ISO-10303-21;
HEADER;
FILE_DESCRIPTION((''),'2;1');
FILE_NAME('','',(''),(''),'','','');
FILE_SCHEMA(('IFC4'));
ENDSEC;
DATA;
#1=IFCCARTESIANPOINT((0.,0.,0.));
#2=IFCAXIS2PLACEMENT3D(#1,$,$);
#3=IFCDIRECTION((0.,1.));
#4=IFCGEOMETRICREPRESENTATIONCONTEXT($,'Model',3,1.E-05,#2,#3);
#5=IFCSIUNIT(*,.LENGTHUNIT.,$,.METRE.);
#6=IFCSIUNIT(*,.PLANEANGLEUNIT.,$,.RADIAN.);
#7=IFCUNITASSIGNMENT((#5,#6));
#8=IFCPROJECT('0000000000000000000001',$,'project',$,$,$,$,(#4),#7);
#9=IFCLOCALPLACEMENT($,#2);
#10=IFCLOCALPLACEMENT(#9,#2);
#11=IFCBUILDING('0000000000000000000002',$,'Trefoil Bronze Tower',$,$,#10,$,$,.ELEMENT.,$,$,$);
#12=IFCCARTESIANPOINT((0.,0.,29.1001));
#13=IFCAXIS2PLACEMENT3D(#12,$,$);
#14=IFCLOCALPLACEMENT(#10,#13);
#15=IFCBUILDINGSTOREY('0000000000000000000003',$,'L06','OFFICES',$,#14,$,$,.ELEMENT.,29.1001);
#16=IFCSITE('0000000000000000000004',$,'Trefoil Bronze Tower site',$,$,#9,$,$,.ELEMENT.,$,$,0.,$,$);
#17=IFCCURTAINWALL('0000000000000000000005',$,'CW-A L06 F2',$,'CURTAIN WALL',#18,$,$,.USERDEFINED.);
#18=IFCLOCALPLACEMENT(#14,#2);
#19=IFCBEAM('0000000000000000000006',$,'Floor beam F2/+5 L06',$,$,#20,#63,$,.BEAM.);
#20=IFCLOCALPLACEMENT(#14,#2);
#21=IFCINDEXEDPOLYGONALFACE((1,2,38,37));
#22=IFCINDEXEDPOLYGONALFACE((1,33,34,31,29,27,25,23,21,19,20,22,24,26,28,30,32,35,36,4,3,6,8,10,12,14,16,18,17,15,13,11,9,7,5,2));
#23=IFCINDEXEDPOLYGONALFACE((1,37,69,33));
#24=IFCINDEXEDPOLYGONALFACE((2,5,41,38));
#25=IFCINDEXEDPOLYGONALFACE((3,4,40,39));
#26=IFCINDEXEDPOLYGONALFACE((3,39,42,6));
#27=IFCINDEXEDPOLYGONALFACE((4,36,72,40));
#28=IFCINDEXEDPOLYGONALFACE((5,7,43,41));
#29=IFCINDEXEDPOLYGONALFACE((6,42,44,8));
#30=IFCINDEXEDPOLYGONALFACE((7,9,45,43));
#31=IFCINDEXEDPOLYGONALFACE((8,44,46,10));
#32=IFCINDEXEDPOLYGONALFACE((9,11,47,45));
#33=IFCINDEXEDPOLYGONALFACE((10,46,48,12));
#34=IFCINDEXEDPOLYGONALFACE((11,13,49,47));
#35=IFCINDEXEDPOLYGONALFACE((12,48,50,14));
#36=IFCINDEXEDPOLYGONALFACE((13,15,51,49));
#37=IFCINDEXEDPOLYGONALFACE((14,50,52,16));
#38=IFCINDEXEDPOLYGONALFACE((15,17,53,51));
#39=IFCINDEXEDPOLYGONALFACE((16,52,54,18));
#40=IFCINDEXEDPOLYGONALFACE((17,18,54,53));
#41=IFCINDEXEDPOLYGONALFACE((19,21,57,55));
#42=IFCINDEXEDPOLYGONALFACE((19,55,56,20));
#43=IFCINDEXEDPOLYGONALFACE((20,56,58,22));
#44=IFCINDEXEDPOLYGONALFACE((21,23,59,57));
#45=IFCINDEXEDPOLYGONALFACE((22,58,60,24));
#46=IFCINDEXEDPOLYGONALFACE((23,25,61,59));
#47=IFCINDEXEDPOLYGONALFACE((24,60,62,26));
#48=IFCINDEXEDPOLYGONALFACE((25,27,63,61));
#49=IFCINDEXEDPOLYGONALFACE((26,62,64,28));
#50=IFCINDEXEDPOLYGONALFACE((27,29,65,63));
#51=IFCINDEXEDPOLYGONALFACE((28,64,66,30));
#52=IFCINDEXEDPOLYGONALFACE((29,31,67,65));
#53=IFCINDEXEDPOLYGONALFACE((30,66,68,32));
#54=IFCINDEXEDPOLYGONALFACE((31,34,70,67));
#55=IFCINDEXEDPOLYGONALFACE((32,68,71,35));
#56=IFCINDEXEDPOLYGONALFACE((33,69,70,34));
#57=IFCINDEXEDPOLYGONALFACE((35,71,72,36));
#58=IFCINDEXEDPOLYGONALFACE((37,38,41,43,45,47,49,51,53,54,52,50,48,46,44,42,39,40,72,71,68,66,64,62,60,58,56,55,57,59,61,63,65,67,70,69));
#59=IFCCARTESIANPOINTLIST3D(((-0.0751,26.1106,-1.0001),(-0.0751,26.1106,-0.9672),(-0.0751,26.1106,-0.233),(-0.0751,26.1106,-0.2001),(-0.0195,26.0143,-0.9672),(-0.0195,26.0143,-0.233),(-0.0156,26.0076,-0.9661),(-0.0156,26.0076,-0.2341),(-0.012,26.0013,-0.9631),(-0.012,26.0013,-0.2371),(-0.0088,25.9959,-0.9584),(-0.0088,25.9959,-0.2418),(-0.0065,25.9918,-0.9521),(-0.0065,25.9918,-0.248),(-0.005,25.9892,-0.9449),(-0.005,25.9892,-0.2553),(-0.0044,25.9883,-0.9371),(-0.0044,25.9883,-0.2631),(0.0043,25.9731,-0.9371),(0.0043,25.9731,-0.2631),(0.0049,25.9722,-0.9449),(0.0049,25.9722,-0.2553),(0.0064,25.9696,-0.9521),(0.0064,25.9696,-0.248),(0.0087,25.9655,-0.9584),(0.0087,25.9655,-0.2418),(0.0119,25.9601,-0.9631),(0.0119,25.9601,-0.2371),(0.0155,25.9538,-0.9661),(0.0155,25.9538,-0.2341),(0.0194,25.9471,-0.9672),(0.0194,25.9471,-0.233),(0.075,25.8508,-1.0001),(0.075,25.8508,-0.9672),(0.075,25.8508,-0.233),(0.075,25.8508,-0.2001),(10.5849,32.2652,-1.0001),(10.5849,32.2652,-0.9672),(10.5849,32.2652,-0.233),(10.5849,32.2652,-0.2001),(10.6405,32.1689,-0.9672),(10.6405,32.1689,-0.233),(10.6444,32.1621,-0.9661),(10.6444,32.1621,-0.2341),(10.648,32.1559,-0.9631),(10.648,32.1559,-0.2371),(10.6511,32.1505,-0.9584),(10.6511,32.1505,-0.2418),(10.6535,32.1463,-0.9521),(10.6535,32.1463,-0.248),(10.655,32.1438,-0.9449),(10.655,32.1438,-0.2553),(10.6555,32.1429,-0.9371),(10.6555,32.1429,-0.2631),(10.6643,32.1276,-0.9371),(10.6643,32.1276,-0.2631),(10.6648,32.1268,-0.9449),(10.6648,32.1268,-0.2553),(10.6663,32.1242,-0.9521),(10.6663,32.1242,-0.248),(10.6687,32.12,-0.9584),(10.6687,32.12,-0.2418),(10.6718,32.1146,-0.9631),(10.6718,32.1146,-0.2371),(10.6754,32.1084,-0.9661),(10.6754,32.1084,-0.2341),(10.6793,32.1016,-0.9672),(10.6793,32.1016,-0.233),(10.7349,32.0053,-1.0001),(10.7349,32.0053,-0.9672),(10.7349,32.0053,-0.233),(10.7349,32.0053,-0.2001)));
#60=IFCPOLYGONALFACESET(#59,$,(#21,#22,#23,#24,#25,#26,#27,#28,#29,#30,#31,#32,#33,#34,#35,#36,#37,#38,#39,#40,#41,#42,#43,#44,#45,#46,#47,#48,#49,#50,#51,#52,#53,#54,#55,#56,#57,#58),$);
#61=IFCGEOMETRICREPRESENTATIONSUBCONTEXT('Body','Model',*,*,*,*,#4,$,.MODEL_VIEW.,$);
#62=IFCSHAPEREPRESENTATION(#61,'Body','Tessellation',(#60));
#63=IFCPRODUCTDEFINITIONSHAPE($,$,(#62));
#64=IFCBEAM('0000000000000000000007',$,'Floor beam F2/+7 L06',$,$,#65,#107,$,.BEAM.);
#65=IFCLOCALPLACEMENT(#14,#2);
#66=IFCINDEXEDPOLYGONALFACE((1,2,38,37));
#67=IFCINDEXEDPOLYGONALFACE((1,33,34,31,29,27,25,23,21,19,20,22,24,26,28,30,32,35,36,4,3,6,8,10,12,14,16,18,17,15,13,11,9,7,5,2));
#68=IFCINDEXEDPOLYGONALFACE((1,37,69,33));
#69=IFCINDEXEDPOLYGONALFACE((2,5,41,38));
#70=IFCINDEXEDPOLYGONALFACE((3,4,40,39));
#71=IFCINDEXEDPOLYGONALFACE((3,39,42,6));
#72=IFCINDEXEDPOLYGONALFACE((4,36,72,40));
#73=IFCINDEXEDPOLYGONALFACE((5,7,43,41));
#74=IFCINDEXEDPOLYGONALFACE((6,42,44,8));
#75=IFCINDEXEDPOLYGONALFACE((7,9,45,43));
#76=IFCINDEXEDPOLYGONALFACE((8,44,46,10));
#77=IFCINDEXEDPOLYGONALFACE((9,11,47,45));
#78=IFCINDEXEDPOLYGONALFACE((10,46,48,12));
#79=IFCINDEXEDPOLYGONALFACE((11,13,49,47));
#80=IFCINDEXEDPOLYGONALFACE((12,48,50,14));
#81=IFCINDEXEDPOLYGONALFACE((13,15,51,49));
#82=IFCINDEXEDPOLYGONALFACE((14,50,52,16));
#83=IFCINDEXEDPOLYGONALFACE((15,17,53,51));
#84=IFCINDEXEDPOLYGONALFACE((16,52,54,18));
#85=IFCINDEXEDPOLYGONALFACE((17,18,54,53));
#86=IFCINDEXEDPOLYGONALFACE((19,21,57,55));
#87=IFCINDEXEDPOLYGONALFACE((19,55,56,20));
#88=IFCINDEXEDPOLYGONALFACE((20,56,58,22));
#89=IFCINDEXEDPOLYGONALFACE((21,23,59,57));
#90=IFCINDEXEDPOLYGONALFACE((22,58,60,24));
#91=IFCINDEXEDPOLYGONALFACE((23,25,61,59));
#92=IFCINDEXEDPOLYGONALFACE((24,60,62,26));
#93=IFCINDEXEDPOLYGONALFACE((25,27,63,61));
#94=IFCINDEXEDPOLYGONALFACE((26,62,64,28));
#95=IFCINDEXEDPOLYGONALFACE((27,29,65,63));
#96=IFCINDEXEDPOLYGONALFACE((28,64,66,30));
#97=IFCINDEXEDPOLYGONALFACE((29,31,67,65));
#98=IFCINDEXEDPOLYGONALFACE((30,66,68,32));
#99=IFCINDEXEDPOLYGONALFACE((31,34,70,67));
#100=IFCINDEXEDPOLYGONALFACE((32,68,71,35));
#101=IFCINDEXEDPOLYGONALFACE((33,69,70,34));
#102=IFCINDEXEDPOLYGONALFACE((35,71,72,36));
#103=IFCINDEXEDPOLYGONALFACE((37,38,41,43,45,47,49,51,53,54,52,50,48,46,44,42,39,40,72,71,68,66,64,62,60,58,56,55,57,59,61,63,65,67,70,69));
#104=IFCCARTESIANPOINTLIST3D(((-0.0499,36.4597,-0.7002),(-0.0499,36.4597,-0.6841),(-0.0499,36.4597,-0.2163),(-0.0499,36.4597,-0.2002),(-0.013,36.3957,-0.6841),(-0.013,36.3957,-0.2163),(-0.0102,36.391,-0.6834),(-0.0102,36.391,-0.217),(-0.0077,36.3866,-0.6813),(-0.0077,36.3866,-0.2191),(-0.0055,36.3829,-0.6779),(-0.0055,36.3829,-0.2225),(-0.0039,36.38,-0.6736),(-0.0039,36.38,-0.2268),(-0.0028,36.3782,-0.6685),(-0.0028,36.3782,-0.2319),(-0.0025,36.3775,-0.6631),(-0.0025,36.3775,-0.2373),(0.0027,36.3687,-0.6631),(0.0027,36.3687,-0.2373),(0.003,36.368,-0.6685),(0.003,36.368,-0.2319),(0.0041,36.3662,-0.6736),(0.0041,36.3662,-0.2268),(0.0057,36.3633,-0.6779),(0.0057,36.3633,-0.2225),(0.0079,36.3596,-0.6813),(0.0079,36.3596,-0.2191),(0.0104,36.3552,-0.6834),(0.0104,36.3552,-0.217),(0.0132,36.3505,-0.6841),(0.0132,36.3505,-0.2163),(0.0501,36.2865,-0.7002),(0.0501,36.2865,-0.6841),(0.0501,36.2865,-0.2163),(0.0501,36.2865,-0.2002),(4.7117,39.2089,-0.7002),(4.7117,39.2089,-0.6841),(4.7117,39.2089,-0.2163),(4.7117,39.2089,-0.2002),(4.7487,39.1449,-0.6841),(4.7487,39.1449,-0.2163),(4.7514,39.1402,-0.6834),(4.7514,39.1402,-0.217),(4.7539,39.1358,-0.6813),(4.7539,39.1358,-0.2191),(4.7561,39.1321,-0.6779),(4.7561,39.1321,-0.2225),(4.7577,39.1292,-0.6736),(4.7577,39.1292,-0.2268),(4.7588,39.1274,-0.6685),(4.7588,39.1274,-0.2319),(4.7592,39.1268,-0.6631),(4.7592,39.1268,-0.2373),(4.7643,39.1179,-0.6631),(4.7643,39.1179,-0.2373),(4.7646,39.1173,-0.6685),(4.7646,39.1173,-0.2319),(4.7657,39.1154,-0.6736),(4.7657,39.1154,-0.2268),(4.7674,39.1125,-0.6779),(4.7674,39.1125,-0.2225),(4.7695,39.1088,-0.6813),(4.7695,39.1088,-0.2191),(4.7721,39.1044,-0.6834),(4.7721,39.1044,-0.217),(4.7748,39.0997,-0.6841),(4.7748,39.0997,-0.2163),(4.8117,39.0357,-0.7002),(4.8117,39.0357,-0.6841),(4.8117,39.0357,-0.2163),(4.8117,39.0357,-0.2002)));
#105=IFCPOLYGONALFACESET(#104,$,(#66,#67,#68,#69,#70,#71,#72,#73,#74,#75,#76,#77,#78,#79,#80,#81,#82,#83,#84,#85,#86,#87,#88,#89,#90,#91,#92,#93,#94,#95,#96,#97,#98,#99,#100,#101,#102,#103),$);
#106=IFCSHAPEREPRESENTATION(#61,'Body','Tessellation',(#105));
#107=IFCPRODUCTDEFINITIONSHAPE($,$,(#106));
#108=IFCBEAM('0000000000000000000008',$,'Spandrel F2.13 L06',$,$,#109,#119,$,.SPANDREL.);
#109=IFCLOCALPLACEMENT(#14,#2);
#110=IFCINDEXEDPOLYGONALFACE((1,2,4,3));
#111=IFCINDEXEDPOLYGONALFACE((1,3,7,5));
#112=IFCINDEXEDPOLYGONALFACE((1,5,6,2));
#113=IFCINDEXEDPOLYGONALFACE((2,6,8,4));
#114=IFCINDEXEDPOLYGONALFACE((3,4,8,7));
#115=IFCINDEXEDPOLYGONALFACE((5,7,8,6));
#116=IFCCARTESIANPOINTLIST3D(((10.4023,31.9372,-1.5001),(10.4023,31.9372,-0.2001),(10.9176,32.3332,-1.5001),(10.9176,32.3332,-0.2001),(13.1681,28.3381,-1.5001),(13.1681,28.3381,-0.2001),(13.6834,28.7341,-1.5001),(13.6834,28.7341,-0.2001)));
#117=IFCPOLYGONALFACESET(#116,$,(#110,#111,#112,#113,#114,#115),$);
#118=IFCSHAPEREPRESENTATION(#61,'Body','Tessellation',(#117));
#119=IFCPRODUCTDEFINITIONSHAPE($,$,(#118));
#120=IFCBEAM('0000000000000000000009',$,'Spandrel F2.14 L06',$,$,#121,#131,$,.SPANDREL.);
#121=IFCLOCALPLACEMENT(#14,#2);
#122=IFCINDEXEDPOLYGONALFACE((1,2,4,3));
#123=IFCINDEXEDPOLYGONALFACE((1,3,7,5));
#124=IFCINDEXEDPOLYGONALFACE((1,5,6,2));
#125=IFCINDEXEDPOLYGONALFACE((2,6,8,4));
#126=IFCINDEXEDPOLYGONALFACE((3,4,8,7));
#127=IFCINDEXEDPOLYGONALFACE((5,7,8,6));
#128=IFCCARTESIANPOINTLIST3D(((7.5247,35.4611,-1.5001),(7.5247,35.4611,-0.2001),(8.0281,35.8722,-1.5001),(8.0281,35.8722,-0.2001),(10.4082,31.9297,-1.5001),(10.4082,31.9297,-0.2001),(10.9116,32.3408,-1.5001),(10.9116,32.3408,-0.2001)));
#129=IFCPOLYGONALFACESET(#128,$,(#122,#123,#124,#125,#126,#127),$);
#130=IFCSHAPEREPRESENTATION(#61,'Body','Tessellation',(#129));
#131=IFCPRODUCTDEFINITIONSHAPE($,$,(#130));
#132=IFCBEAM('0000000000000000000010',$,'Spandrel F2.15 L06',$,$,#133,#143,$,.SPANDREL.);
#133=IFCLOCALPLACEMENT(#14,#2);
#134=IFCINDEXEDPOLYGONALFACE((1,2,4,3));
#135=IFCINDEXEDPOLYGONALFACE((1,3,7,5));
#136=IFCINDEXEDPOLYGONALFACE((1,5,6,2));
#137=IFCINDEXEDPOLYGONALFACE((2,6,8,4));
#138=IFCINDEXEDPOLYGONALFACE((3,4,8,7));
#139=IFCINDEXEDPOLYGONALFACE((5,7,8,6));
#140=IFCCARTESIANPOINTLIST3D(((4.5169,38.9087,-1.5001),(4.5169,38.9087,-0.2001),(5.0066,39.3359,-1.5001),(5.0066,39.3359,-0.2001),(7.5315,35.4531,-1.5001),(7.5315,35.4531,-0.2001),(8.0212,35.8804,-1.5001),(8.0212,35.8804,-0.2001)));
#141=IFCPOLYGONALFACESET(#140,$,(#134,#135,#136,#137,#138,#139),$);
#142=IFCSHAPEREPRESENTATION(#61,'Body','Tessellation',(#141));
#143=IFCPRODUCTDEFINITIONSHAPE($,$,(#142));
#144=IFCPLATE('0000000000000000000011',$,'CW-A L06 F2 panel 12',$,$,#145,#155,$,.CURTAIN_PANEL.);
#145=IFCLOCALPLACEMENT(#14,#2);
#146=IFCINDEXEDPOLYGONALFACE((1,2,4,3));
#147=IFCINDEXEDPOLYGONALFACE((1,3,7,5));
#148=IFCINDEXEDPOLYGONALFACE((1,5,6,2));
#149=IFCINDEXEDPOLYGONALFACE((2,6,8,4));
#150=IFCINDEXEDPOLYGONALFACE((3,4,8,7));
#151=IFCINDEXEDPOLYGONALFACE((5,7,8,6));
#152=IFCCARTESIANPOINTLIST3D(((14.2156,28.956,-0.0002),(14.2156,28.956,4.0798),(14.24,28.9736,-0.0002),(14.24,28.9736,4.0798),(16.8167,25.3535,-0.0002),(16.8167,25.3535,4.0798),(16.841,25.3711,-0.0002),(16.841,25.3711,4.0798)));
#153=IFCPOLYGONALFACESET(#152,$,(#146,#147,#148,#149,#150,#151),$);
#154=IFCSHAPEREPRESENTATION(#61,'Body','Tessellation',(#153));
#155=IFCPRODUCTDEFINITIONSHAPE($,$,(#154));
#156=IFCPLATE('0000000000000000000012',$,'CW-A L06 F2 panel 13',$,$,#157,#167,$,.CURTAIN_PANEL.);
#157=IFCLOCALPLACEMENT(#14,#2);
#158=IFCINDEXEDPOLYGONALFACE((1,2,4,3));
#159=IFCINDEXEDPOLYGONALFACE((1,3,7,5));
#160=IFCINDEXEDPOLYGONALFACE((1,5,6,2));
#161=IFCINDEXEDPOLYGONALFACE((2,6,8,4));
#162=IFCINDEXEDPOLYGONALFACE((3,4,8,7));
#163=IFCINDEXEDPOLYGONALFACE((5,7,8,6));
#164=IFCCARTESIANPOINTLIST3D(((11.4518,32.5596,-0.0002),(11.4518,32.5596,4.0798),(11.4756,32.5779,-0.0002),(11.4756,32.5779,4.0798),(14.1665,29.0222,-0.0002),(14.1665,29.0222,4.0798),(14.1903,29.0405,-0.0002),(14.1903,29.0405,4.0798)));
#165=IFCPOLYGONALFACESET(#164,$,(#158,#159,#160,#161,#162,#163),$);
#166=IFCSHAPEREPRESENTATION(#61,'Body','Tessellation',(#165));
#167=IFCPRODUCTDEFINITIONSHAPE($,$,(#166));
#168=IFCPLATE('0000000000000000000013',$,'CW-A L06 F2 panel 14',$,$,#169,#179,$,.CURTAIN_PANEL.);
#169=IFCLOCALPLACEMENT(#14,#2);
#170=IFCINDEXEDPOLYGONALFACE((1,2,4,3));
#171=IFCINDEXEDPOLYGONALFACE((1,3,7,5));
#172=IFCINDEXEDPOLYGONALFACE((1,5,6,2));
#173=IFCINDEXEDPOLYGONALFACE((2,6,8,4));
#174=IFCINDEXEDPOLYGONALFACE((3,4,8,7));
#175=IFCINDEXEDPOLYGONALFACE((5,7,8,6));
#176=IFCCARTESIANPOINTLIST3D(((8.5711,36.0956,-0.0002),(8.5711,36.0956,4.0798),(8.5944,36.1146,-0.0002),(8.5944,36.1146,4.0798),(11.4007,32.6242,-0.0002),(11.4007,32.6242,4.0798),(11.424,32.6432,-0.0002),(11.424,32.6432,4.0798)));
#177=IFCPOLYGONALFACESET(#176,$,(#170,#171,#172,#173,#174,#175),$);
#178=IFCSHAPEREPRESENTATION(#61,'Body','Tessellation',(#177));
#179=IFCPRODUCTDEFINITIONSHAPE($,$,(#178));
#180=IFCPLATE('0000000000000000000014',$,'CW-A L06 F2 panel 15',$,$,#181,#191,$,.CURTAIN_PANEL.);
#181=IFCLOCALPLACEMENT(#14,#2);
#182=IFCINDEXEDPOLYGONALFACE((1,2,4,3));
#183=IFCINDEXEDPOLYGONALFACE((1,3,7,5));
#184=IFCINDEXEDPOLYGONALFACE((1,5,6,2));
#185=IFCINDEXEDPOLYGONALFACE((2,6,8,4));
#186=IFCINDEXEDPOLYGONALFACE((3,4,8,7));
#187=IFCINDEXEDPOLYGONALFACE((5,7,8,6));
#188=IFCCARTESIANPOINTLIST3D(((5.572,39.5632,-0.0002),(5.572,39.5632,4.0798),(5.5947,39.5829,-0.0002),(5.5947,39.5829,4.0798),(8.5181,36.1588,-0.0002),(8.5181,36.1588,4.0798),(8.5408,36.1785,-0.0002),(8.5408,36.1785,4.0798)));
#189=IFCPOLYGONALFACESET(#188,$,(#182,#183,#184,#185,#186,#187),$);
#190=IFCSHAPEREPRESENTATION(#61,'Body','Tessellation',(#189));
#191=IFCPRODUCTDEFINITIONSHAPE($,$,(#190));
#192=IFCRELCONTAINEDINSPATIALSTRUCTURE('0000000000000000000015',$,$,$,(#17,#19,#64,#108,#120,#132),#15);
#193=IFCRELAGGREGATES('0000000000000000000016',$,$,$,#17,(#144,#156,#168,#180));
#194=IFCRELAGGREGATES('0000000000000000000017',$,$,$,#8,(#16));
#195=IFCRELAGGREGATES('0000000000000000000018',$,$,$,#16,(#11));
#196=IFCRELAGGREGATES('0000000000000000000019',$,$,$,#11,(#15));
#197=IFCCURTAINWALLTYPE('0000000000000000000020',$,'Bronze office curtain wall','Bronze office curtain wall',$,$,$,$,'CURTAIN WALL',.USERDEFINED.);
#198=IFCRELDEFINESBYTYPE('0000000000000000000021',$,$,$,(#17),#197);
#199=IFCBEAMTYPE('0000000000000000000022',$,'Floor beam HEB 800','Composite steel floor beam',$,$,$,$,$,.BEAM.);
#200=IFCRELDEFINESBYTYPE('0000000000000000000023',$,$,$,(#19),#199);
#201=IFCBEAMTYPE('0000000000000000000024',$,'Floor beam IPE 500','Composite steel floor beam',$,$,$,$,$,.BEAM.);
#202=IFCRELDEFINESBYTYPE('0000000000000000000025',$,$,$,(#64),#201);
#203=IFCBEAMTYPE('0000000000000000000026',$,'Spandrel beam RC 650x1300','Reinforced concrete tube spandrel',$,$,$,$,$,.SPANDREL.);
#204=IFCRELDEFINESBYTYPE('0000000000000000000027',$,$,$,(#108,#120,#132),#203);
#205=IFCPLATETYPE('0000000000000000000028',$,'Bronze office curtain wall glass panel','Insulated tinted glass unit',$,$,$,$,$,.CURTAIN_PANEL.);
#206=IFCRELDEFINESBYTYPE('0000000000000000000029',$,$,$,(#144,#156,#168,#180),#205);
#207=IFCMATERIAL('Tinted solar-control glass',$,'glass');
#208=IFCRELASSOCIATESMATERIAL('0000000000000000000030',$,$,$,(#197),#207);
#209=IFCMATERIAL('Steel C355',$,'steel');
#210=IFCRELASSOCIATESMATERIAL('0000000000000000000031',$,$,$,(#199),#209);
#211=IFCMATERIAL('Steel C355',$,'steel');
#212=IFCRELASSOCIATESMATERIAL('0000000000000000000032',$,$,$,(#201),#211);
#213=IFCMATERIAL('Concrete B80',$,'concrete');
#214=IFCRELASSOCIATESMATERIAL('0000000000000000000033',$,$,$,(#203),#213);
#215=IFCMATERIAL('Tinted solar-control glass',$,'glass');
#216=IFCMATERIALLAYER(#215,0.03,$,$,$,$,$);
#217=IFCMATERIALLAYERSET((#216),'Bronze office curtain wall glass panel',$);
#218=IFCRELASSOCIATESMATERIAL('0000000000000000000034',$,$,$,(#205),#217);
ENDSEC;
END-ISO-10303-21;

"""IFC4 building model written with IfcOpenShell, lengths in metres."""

from ifc_helpers import new_model, si_unit, direction, frame, origin, origin_2d, place, context, subcontext, project, spatial, rectangle, i_section, extrude, material, layer, layer_set, material_profile, profile_set, type_object, element, aggregate, save


model = new_model("IFC4")

# Units and contexts
model_context = context("Model", 3, precision=1e-05, world=origin(), true_north=direction((0.0, 1.0)))
body_context = subcontext(model_context, "Body", "Model", "MODEL_VIEW")
ifc_project = project(units=[si_unit("LENGTHUNIT", "METRE"), si_unit("PLANEANGLEUNIT", "RADIAN")], contexts=[model_context])

# Site, building, storey
site_placement = place(None, origin())
site = spatial("IfcSite", under=ifc_project, at=site_placement, Name="Trefoil Bronze Tower site", CompositionType="ELEMENT", RefElevation=0.0)
building_placement = place(site_placement, origin())
building = spatial("IfcBuilding", under=site, at=building_placement, Name="Trefoil Bronze Tower", CompositionType="ELEMENT")
storey_placement = place(building_placement, frame((0.0, 0.0, 29.1001)))
storey = spatial("IfcBuildingStorey", under=building, at=storey_placement, Name="L06", Description="OFFICES", CompositionType="ELEMENT", Elevation=29.1001)

# Curtain wall
ifc_material_1 = material(Name="Tinted solar-control glass", Category="glass")
curtain_wall_type_1 = type_object("IfcCurtainWallType", Name="Bronze office curtain wall", Description="Bronze office curtain wall", ElementType="CURTAIN WALL", PredefinedType="USERDEFINED", material=ifc_material_1)
curtain_wall_1_placement = place(storey_placement, origin())
curtain_wall_1 = element("IfcCurtainWall", 1, at=curtain_wall_1_placement, inside=storey, type_object=curtain_wall_type_1, Name="CW-A L06 F2", ObjectType="CURTAIN WALL", PredefinedType="USERDEFINED")

# Beams
ifc_material_2 = material(Name="Steel C355", Category="steel")
ifc_material_profile_1 = material_profile(ifc_material_2, i_section(OverallWidth=0.3, OverallDepth=0.8, WebThickness=0.0176, FlangeThickness=0.033, FilletRadius=0.03, at=origin_2d()), Name="HEB 800")
ifc_profile_set_1 = profile_set([ifc_material_profile_1], Name="Steel C355")
beam_type_1 = type_object("IfcBeamType", Name="Floor beam HEB 800", Description="Composite steel floor beam", PredefinedType="BEAM", material=ifc_profile_set_1)
beam_1_placement = place(storey_placement, frame((10.6599, 32.1353, -0.6001), z_axis=(-0.866024, -0.500002, 0.0), x_axis=(0.500002, -0.866024, 0.0)))
element("IfcBeam", 2, at=beam_1_placement, inside=storey, type_object=beam_type_1, Name="Floor beam F2/+5 L06", PredefinedType="BEAM", context=body_context, shape_type="SweptSolid", body=[
    extrude(i_section(OverallWidth=0.3, OverallDepth=0.8, WebThickness=0.0176, FlangeThickness=0.033, FilletRadius=0.03, at=origin_2d()), origin(), (0.0, 0.0, 1.0), 12.3091),
])
ifc_material_3 = material(Name="Steel C355", Category="steel")
ifc_material_profile_2 = material_profile(ifc_material_3, i_section(OverallWidth=0.2, OverallDepth=0.5, WebThickness=0.0103, FlangeThickness=0.0161, FilletRadius=0.021, at=origin_2d()), Name="IPE 500")
ifc_profile_set_2 = profile_set([ifc_material_profile_2], Name="Steel C355")
beam_type_2 = type_object("IfcBeamType", Name="Floor beam IPE 500", Description="Composite steel floor beam", PredefinedType="BEAM", material=ifc_profile_set_2)
beam_2_placement = place(storey_placement, frame((4.7617, 39.1223, -0.4502), z_axis=(-0.866018, -0.500012, 0.0), x_axis=(0.500012, -0.866018, 0.0)))
element("IfcBeam", 3, at=beam_2_placement, inside=storey, type_object=beam_type_2, Name="Floor beam F2/+7 L06", PredefinedType="BEAM", context=body_context, shape_type="SweptSolid", body=[
    extrude(i_section(OverallWidth=0.2, OverallDepth=0.5, WebThickness=0.0103, FlangeThickness=0.0161, FilletRadius=0.021, at=origin_2d()), origin(), (0.0, 0.0, 1.0), 5.4983),
])
ifc_material_4 = material(Name="Concrete B80", Category="concrete")
ifc_material_profile_3 = material_profile(ifc_material_4, rectangle(XDim=0.6499, YDim=1.3, at=origin_2d()), Name="RC 650x1300")
ifc_profile_set_3 = profile_set([ifc_material_profile_3], Name="Concrete B80")
beam_type_3 = type_object("IfcBeamType", Name="Spandrel beam RC 650x1300", Description="Reinforced concrete tube spandrel", PredefinedType="SPANDREL", material=ifc_profile_set_3)
beam_3_placement = place(storey_placement, frame((13.4258, 28.5361, -0.8501), z_axis=(-0.609339, 0.79291, 0.0), x_axis=(-0.79291, -0.609339, 0.0)))
element("IfcBeam", 4, at=beam_3_placement, inside=storey, type_object=beam_type_3, Name="Spandrel F2.13 L06", PredefinedType="SPANDREL", context=body_context, shape_type="SweptSolid", body=[
    extrude(rectangle(XDim=0.6499, YDim=1.3, at=origin_2d()), origin(), (0.0, 0.0, 1.0), 4.5391),
])
beam_4_placement = place(storey_placement, frame((10.6599, 32.1353, -0.8501), z_axis=(-0.632468, 0.774587, 0.0), x_axis=(-0.774587, -0.632468, 0.0)))
element("IfcBeam", 5, at=beam_4_placement, inside=storey, type_object=beam_type_3, Name="Spandrel F2.14 L06", PredefinedType="SPANDREL", context=body_context, shape_type="SweptSolid", body=[
    extrude(rectangle(XDim=0.6499, YDim=1.3, at=origin_2d()), origin(), (0.0, 0.0, 1.0), 4.5591),
])
beam_5_placement = place(storey_placement, frame((7.7764, 35.6667, -0.8501), z_axis=(-0.657396, 0.753545, 0.0), x_axis=(-0.753545, -0.657396, 0.0)))
element("IfcBeam", 6, at=beam_5_placement, inside=storey, type_object=beam_type_3, Name="Spandrel F2.15 L06", PredefinedType="SPANDREL", context=body_context, shape_type="SweptSolid", body=[
    extrude(rectangle(XDim=0.6499, YDim=1.3, at=origin_2d()), origin(), (0.0, 0.0, 1.0), 4.5857),
])

# Plates
ifc_material_5 = material(Name="Tinted solar-control glass", Category="glass")
ifc_layer_1 = layer(ifc_material_5, 0.03)
ifc_layer_set_1 = layer_set([ifc_layer_1], Name="Bronze office curtain wall glass panel")
plate_type_1 = type_object("IfcPlateType", Name="Bronze office curtain wall glass panel", Description="Insulated tinted glass unit", PredefinedType="CURTAIN_PANEL", material=ifc_layer_set_1)
plate_1_placement = place(storey_placement, frame((15.5283, 27.1636, -0.0002), z_axis=(0.0, 0.0, 1.0), x_axis=(-0.585373, 0.810764, 0.0)))
plate_1 = element("IfcPlate", 7, at=plate_1_placement, type_object=plate_type_1, Name="CW-A L06 F2 panel 12", PredefinedType="CURTAIN_PANEL", context=body_context, shape_type="SweptSolid", body=[
    extrude(rectangle(XDim=4.4434, YDim=0.03, at=origin_2d()), origin(), (0.0, 0.0, 1.0), 4.0801),
])
plate_2_placement = place(storey_placement, frame((12.821, 30.8, -0.0002), z_axis=(0.0, 0.0, 1.0), x_axis=(-0.608808, 0.793318, 0.0)))
plate_2 = element("IfcPlate", 8, at=plate_2_placement, type_object=plate_type_1, Name="CW-A L06 F2 panel 13", PredefinedType="CURTAIN_PANEL", context=body_context, shape_type="SweptSolid", body=[
    extrude(rectangle(XDim=4.459, YDim=0.03, at=origin_2d()), origin(), (0.0, 0.0, 1.0), 4.0801),
])
plate_3_placement = place(storey_placement, frame((9.9976, 34.3694, -0.0002), z_axis=(0.0, 0.0, 1.0), x_axis=(-0.631811, 0.775123, 0.0)))
plate_3 = element("IfcPlate", 9, at=plate_3_placement, type_object=plate_type_1, Name="CW-A L06 F2 panel 14", PredefinedType="CURTAIN_PANEL", context=body_context, shape_type="SweptSolid", body=[
    extrude(rectangle(XDim=4.4785, YDim=0.03, at=origin_2d()), origin(), (0.0, 0.0, 1.0), 4.0801),
])
plate_4_placement = place(storey_placement, frame((7.0564, 37.8708, -0.0002), z_axis=(0.0, 0.0, 1.0), x_axis=(-0.654376, 0.756169, 0.0)))
plate_4 = element("IfcPlate", 10, at=plate_4_placement, type_object=plate_type_1, Name="CW-A L06 F2 panel 15", PredefinedType="CURTAIN_PANEL", context=body_context, shape_type="SweptSolid", body=[
    extrude(rectangle(XDim=4.5022, YDim=0.03, at=origin_2d()), origin(), (0.0, 0.0, 1.0), 4.0801),
])
aggregate(curtain_wall_1, [plate_1, plate_2, plate_3, plate_4])

save(model, "model.ifc")
